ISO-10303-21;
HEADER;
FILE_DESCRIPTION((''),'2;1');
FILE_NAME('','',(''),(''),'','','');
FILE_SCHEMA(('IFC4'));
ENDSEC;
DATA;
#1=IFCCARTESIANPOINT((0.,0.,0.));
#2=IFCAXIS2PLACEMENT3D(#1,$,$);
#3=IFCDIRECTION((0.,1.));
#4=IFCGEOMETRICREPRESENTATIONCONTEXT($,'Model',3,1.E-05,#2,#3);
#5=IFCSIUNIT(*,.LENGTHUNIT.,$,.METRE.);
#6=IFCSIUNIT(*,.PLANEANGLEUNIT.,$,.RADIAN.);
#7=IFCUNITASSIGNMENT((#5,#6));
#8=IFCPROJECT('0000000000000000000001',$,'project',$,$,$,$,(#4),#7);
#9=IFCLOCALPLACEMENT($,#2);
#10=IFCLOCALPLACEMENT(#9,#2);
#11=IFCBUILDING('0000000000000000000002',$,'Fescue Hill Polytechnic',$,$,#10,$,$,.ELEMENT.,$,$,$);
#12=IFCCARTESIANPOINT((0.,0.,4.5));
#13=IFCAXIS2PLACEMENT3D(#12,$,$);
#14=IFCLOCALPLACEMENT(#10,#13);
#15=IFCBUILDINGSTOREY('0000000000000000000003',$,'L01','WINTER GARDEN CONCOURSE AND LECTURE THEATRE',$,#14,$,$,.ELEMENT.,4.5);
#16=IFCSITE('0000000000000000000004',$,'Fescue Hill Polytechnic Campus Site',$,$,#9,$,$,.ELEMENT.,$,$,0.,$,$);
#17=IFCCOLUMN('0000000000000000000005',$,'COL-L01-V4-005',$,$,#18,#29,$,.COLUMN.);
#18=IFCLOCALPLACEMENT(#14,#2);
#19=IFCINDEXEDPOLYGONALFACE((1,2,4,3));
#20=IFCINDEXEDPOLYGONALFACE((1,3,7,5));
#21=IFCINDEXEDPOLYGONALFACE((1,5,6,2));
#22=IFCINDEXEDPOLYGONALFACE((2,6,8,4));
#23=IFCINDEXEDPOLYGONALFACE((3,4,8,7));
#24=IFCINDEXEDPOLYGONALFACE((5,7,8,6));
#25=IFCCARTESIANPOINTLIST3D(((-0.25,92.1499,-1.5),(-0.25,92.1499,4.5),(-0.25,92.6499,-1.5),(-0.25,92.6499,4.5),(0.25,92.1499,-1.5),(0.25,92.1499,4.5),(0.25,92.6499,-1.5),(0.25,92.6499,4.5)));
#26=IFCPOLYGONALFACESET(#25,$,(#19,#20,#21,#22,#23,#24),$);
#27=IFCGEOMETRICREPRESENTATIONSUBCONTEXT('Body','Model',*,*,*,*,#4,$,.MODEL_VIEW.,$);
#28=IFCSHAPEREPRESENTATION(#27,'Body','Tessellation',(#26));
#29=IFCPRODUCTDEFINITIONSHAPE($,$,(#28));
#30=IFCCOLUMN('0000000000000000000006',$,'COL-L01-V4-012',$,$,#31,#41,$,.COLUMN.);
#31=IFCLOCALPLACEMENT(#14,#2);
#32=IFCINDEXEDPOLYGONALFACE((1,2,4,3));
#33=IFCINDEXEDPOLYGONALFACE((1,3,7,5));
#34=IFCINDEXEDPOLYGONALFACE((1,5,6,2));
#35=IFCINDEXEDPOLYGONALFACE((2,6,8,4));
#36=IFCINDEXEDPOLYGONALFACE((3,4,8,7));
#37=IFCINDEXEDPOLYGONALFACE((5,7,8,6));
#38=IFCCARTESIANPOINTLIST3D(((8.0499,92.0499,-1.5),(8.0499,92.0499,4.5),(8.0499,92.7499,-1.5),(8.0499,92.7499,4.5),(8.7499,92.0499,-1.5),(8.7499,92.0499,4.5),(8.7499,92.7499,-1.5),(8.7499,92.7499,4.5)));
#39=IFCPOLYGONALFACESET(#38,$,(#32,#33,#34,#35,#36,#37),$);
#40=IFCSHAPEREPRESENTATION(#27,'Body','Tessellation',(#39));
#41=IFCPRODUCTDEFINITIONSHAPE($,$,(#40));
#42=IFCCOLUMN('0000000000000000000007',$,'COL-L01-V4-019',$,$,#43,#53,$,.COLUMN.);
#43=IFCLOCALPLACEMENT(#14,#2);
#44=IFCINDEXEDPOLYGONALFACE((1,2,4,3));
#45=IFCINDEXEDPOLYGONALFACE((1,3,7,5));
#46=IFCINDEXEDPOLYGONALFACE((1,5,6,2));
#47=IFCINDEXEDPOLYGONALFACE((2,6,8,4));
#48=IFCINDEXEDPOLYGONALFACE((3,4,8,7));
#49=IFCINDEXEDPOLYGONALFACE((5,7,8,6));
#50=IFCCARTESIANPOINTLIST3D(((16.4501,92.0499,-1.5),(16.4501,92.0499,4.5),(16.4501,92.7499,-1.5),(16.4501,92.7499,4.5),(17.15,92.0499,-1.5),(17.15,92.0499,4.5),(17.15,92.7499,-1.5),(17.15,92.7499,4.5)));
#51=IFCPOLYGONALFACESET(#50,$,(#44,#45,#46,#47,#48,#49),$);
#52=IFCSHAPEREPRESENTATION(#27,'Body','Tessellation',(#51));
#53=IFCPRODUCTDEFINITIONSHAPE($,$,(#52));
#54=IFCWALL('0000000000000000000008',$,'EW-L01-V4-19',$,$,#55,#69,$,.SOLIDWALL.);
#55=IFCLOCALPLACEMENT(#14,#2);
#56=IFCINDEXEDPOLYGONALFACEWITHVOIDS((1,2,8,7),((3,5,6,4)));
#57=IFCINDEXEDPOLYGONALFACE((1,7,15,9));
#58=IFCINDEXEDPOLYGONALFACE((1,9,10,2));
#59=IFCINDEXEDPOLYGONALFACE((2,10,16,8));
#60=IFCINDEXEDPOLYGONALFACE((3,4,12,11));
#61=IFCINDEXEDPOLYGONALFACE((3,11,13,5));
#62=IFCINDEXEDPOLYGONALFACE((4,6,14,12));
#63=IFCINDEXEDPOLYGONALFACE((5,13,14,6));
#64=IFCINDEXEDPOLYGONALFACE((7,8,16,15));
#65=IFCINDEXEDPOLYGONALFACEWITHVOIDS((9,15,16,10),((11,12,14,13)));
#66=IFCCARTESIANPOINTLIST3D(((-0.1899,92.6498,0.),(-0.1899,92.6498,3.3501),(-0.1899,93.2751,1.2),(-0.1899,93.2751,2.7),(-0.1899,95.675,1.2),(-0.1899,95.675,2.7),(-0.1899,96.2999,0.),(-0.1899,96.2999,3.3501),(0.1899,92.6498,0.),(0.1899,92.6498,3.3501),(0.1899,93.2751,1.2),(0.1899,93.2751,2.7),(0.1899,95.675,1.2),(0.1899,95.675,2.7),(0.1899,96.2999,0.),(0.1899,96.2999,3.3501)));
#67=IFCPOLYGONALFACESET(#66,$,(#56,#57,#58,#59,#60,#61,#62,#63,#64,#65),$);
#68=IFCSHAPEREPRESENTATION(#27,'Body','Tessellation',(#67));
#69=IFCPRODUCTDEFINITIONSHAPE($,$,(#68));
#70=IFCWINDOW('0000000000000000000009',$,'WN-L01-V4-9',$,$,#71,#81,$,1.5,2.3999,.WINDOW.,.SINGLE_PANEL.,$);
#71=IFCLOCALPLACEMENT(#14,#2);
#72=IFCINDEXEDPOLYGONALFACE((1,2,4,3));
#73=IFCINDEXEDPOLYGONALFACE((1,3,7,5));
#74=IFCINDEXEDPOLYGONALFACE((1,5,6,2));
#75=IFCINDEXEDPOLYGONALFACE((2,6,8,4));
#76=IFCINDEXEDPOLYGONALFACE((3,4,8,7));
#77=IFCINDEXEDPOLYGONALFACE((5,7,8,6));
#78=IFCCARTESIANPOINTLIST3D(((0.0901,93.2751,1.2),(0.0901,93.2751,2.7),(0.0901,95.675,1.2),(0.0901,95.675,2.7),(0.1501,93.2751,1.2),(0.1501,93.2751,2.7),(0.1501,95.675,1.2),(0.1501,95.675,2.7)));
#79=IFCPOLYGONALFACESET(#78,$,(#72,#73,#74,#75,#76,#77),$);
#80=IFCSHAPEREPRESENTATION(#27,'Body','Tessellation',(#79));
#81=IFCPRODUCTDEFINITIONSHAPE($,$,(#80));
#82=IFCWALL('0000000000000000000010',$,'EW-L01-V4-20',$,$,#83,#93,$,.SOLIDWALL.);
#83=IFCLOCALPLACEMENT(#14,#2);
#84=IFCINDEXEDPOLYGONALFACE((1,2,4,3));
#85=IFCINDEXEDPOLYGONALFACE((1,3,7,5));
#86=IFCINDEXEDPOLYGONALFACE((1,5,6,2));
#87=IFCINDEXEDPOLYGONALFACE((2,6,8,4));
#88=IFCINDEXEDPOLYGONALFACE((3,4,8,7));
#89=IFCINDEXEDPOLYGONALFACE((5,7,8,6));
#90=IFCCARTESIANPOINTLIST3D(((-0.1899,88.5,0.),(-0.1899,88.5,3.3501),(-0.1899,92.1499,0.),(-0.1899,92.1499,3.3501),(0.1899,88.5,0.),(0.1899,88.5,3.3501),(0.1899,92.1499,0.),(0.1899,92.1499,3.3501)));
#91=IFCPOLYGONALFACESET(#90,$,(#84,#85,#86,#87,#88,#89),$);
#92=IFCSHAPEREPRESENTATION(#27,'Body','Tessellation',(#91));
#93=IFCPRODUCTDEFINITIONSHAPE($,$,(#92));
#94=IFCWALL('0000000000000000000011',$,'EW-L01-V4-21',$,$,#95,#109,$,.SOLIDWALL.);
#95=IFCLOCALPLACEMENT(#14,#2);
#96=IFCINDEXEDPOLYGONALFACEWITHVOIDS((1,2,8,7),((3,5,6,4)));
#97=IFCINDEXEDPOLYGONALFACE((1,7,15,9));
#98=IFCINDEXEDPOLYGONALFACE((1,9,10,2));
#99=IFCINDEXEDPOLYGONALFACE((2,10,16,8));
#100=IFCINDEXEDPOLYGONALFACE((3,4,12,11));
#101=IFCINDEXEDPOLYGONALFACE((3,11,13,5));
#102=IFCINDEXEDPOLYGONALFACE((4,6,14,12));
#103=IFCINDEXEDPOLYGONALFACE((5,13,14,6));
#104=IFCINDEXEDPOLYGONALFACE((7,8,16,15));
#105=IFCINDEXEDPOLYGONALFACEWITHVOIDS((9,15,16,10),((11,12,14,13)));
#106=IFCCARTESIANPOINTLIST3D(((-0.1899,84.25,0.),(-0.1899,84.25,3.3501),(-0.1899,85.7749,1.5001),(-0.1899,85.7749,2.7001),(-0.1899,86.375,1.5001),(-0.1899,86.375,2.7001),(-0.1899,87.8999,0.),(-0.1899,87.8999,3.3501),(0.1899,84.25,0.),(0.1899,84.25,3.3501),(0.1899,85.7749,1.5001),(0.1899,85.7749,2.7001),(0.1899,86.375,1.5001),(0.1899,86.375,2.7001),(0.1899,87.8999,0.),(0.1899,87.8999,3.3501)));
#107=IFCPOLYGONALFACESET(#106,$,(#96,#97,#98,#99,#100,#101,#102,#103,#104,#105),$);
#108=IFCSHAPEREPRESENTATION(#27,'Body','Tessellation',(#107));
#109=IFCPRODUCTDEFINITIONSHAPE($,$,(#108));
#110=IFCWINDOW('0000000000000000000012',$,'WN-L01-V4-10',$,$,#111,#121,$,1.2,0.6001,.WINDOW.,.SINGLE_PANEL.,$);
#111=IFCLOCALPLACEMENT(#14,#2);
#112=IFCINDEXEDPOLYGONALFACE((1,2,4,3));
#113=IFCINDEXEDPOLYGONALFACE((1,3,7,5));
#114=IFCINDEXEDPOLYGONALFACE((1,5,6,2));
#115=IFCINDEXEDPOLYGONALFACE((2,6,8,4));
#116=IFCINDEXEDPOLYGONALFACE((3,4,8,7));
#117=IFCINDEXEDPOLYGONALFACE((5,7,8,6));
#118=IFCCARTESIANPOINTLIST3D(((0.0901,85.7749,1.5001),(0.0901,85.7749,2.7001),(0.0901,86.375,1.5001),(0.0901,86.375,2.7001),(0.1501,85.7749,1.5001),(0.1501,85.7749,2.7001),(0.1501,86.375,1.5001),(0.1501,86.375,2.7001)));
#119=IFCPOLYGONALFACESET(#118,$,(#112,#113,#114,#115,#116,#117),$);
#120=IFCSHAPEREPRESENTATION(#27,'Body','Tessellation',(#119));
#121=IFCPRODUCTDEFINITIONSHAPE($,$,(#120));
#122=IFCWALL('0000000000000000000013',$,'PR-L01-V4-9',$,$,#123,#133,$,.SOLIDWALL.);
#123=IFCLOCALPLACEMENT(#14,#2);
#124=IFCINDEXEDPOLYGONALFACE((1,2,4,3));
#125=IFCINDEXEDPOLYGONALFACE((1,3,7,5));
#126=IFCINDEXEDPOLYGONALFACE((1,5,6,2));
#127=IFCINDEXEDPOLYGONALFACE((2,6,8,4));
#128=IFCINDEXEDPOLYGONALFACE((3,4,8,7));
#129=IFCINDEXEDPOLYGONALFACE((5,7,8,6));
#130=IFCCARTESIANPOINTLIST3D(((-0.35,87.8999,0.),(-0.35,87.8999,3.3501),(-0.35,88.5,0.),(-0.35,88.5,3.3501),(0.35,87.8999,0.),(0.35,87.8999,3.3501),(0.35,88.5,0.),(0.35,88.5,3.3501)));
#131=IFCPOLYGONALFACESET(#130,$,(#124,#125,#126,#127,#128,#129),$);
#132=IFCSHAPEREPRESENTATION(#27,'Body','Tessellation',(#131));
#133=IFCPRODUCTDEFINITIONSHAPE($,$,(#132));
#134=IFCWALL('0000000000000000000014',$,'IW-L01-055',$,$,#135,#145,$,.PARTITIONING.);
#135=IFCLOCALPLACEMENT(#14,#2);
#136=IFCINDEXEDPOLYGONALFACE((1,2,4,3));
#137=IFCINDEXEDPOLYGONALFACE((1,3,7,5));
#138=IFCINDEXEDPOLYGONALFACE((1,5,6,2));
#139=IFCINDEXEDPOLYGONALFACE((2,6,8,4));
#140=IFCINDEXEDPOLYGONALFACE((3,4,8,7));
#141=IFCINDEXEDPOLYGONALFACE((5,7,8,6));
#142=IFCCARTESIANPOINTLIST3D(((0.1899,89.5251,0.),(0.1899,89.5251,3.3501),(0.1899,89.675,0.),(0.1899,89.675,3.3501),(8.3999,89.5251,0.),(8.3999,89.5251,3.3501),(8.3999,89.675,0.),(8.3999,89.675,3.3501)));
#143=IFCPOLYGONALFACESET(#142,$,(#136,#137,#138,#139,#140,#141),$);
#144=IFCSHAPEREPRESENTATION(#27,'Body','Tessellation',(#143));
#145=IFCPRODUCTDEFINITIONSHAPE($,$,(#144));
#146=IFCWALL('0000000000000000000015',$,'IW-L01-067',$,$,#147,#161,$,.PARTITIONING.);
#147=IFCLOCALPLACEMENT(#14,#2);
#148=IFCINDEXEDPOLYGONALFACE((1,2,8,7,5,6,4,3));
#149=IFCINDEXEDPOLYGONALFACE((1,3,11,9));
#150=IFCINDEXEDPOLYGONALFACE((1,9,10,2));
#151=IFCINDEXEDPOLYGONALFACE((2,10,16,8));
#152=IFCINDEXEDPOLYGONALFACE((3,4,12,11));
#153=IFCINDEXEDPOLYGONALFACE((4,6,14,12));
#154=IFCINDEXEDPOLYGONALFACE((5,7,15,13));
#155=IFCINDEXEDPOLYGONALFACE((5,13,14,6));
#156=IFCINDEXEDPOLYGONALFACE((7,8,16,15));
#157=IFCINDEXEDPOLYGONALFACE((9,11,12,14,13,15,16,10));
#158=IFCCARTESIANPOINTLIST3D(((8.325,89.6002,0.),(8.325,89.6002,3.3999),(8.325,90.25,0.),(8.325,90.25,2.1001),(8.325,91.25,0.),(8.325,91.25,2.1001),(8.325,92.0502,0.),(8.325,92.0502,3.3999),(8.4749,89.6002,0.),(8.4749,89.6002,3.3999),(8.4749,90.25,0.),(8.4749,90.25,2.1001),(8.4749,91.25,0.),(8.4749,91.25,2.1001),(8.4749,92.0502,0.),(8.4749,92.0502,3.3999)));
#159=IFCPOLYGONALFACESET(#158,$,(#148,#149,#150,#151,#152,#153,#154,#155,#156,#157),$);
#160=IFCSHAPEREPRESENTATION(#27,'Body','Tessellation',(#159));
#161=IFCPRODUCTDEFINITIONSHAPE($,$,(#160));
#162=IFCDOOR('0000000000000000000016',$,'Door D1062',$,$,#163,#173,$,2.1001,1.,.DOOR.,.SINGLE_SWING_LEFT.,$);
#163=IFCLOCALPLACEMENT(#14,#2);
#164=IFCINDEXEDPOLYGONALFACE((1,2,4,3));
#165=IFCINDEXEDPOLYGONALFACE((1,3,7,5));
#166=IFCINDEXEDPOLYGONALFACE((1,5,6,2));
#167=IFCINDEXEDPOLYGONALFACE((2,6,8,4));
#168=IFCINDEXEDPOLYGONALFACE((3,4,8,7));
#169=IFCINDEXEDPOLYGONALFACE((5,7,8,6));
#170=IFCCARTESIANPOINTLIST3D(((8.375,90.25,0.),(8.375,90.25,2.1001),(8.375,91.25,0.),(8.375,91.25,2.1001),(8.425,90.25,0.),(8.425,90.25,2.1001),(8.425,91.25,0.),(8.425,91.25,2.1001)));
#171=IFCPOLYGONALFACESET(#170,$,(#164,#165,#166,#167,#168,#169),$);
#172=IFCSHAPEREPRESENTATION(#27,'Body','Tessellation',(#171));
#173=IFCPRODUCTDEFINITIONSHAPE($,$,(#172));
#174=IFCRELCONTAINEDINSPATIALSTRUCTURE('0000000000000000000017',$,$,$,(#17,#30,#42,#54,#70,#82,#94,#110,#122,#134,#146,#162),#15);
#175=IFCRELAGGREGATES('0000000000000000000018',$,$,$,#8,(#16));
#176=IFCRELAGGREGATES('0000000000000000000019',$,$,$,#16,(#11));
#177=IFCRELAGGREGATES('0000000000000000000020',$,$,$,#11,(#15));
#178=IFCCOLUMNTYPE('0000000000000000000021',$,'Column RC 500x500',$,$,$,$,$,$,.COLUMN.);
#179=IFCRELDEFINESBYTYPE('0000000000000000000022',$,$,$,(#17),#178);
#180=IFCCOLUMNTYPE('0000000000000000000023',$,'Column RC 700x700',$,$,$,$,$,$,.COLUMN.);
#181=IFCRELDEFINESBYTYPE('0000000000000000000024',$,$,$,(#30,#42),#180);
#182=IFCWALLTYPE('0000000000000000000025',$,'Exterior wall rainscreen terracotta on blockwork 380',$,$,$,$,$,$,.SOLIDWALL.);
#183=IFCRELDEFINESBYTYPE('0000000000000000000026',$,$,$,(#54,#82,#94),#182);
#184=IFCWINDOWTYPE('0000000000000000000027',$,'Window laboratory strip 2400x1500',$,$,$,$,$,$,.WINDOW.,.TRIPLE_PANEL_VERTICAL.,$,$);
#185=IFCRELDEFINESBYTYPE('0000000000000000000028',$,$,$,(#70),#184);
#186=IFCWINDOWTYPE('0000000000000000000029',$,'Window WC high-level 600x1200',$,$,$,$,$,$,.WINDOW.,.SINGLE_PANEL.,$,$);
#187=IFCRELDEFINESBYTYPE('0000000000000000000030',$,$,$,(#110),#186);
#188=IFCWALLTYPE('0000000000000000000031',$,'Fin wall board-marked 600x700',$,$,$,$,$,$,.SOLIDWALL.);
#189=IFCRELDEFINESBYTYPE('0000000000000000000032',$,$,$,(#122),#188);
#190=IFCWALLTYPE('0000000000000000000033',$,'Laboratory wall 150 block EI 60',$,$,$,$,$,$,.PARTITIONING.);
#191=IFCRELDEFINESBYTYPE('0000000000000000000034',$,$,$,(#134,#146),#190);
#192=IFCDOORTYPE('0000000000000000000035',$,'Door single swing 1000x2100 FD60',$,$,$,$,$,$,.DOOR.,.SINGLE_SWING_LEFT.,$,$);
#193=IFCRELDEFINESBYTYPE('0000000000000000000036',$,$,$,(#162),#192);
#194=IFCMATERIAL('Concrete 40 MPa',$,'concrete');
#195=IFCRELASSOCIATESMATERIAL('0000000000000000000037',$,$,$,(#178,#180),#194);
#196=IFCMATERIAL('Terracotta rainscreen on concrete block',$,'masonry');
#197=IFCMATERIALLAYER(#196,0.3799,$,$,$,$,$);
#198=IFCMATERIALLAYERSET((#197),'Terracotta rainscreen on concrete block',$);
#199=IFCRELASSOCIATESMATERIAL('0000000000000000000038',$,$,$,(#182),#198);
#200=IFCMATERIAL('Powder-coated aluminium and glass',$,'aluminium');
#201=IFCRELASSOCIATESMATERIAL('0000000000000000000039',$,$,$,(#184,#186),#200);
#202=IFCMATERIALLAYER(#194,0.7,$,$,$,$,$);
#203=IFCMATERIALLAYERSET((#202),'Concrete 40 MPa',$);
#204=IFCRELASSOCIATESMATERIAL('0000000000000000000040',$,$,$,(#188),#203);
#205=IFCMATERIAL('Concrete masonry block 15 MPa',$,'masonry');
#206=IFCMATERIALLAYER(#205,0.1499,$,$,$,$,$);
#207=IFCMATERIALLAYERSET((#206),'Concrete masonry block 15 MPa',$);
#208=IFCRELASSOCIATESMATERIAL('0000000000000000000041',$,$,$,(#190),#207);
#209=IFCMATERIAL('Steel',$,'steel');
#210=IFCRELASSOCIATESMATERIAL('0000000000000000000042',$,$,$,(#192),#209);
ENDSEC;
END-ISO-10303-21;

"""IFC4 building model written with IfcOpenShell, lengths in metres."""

from ifc_helpers import new_model, si_unit, direction, frame, frame_2d, origin, origin_2d, place, context, subcontext, project, spatial, rectangle, extrude, material, layer, layer_set, material_profile, profile_set, type_object, element, fill, save


model = new_model("IFC4")

# Units and contexts
model_context = context("Model", 3, precision=1e-05, world=origin(), true_north=direction((0.0, 1.0)))
body_context = subcontext(model_context, "Body", "Model", "MODEL_VIEW")
ifc_project = project(units=[si_unit("LENGTHUNIT", "METRE"), si_unit("PLANEANGLEUNIT", "RADIAN")], contexts=[model_context])

# Site, building, storey
site_placement = place(None, origin())
site = spatial("IfcSite", under=ifc_project, at=site_placement, Name="Fescue Hill Polytechnic Campus Site", CompositionType="ELEMENT", RefElevation=0.0)
building_placement = place(site_placement, origin())
building = spatial("IfcBuilding", under=site, at=building_placement, Name="Fescue Hill Polytechnic", CompositionType="ELEMENT")
storey_placement = place(building_placement, frame((0.0, 0.0, 4.5)))
storey = spatial("IfcBuildingStorey", under=building, at=storey_placement, Name="L01", Description="WINTER GARDEN CONCOURSE AND LECTURE THEATRE", CompositionType="ELEMENT", Elevation=4.5)

# Columns
ifc_material_1 = material(Name="Concrete 40 MPa", Category="concrete")
ifc_material_profile_1 = material_profile(ifc_material_1, rectangle(XDim=0.5, YDim=0.5, at=origin_2d()), Name="RC 500x500")
ifc_profile_set_1 = profile_set([ifc_material_profile_1], Name="Concrete 40 MPa")
column_type_1 = type_object("IfcColumnType", Name="Column RC 500x500", PredefinedType="COLUMN", material=ifc_profile_set_1)
column_placement = place(storey_placement, frame((0.0, 92.3999, -1.5), z_axis=(0.0, 0.0, 1.0), x_axis=(1.0, 0.0, 0.0)))
element("IfcColumn", 1, at=column_placement, inside=storey, type_object=column_type_1, Name="COL-L01-V4-005", PredefinedType="COLUMN", context=body_context, shape_type="SweptSolid", body=[
    extrude(rectangle(XDim=0.5, YDim=0.5, at=origin_2d()), origin(), (0.0, 0.0, 1.0), 6.0),
])
ifc_material_profile_2 = material_profile(ifc_material_1, rectangle(XDim=0.7, YDim=0.7, at=origin_2d()), Name="RC 700x700")
ifc_profile_set_2 = profile_set([ifc_material_profile_2], Name="Concrete 40 MPa")
column_type_2 = type_object("IfcColumnType", Name="Column RC 700x700", PredefinedType="COLUMN", material=ifc_profile_set_2)
for number, where, z_axis, x_axis, name in (
    (2, (8.3999, 92.3999, -1.5), (0.0, 0.0, 1.0), (1.0, 0.0, 0.0), "COL-L01-V4-012"),
    (3, (16.8, 92.3999, -1.5), (0.0, 0.0, 1.0), (1.0, 0.0, 0.0), "COL-L01-V4-019"),
):
    element("IfcColumn", number, at=place(storey_placement, frame(where, z_axis=z_axis, x_axis=x_axis)), inside=storey, type_object=column_type_2, Name=name, PredefinedType="COLUMN", context=body_context, shape_type="SweptSolid", body=[
        extrude(rectangle(XDim=0.7, YDim=0.7, at=origin_2d()), origin(), (0.0, 0.0, 1.0), 6.0),
    ])

# Wall, opening, window
ifc_material_2 = material(Name="Terracotta rainscreen on concrete block", Category="masonry")
ifc_layer_1 = layer(ifc_material_2, 0.3799)
ifc_layer_set_1 = layer_set([ifc_layer_1], Name="Terracotta rainscreen on concrete block")
wall_type_1 = type_object("IfcWallType", Name="Exterior wall rainscreen terracotta on blockwork 380", PredefinedType="SOLIDWALL", material=ifc_layer_set_1)
wall_1_placement = place(storey_placement, frame((0.0, 96.3, 0.0), z_axis=(0.0, 0.0, 1.0), x_axis=(0.0, -1.0, 0.0)))
wall_1 = element("IfcWall", 4, at=wall_1_placement, inside=storey, type_object=wall_type_1, Name="EW-L01-V4-19", PredefinedType="SOLIDWALL", context=body_context, shape_type="SweptSolid", body=[
    extrude(rectangle(XDim=3.6501, YDim=0.3799, at=frame_2d((1.8252, 0.0))), origin(), (0.0, 0.0, 1.0), 3.3501),
])
opening_1_placement = place(wall_1_placement, frame((0.625, 0.0, 1.2)))
opening_1 = element("IfcOpeningElement", 5, at=opening_1_placement, cuts=wall_1, PredefinedType="OPENING", context=body_context, shape_type="SweptSolid", body=[
    extrude(rectangle(XDim=2.3999, YDim=1.5, at=frame_2d((1.2, 0.75))), frame((0.0, 0.2, 0.0), z_axis=(0.0, -1.0, 0.0), x_axis=(1.0, 0.0, 0.0)), (0.0, 0.0, 1.0), 0.3999),
])
ifc_material_3 = material(Name="Powder-coated aluminium and glass", Category="aluminium")
window_type_1 = type_object("IfcWindowType", Name="Window laboratory strip 2400x1500", PartitioningType="TRIPLE_PANEL_VERTICAL", PredefinedType="WINDOW", material=ifc_material_3)
window_1_placement = place(opening_1_placement, origin())
window_1 = element("IfcWindow", 6, at=window_1_placement, inside=storey, type_object=window_type_1, Name="WN-L01-V4-9", OverallHeight=1.5, OverallWidth=2.3999, PartitioningType="SINGLE_PANEL", PredefinedType="WINDOW", context=body_context, shape_type="SweptSolid", body=[
    extrude(rectangle(XDim=2.3999, YDim=1.5, at=frame_2d((1.2, 0.75))), frame((0.0, 0.1501, 0.0), z_axis=(0.0, -1.0, 0.0), x_axis=(1.0, 0.0, 0.0)), (0.0, 0.0, 1.0), 0.0601),
])
fill(opening_1, window_1)

# Wall
wall_2_placement = place(storey_placement, frame((0.0, 92.1499, 0.0), z_axis=(0.0, 0.0, 1.0), x_axis=(0.0, -1.0, 0.0)))
element("IfcWall", 7, at=wall_2_placement, inside=storey, type_object=wall_type_1, Name="EW-L01-V4-20", PredefinedType="SOLIDWALL", context=body_context, shape_type="SweptSolid", body=[
    extrude(rectangle(XDim=3.6499, YDim=0.3799, at=frame_2d((1.825, 0.0))), origin(), (0.0, 0.0, 1.0), 3.3501),
])

# Wall, opening, window
wall_3_placement = place(storey_placement, frame((0.0, 87.8999, 0.0), z_axis=(0.0, 0.0, 1.0), x_axis=(0.0, -1.0, 0.0)))
wall_3 = element("IfcWall", 8, at=wall_3_placement, inside=storey, type_object=wall_type_1, Name="EW-L01-V4-21", PredefinedType="SOLIDWALL", context=body_context, shape_type="SweptSolid", body=[
    extrude(rectangle(XDim=3.6499, YDim=0.3799, at=frame_2d((1.825, 0.0))), origin(), (0.0, 0.0, 1.0), 3.3501),
])
opening_2_placement = place(wall_3_placement, frame((1.5249, 0.0, 1.5)))
opening_2 = element("IfcOpeningElement", 9, at=opening_2_placement, cuts=wall_3, PredefinedType="OPENING", context=body_context, shape_type="SweptSolid", body=[
    extrude(rectangle(XDim=0.6001, YDim=1.2, at=frame_2d((0.3, 0.6001))), frame((0.0, 0.2, 0.0), z_axis=(0.0, -1.0, 0.0), x_axis=(1.0, 0.0, 0.0)), (0.0, 0.0, 1.0), 0.3999),
])
window_type_2 = type_object("IfcWindowType", Name="Window WC high-level 600x1200", PartitioningType="SINGLE_PANEL", PredefinedType="WINDOW", material=ifc_material_3)
window_2_placement = place(opening_2_placement, origin())
window_2 = element("IfcWindow", 10, at=window_2_placement, inside=storey, type_object=window_type_2, Name="WN-L01-V4-10", OverallHeight=1.2, OverallWidth=0.6001, PartitioningType="SINGLE_PANEL", PredefinedType="WINDOW", context=body_context, shape_type="SweptSolid", body=[
    extrude(rectangle(XDim=0.6001, YDim=1.2, at=frame_2d((0.3, 0.6001))), frame((0.0, 0.1501, 0.0), z_axis=(0.0, -1.0, 0.0), x_axis=(1.0, 0.0, 0.0)), (0.0, 0.0, 1.0), 0.0601),
])
fill(opening_2, window_2)

# Walls
ifc_layer_2 = layer(ifc_material_1, 0.7)
ifc_layer_set_2 = layer_set([ifc_layer_2], Name="Concrete 40 MPa")
wall_type_2 = type_object("IfcWallType", Name="Fin wall board-marked 600x700", PredefinedType="SOLIDWALL", material=ifc_layer_set_2)
wall_4_placement = place(storey_placement, frame((0.0, 88.5, 0.0), z_axis=(0.0, 0.0, 1.0), x_axis=(0.0, -1.0, 0.0)))
element("IfcWall", 11, at=wall_4_placement, inside=storey, type_object=wall_type_2, Name="PR-L01-V4-9", PredefinedType="SOLIDWALL", context=body_context, shape_type="SweptSolid", body=[
    extrude(rectangle(XDim=0.6001, YDim=0.7, at=frame_2d((0.3, 0.0))), origin(), (0.0, 0.0, 1.0), 3.3501),
])
ifc_material_4 = material(Name="Concrete masonry block 15 MPa", Category="masonry")
ifc_layer_3 = layer(ifc_material_4, 0.1499)
ifc_layer_set_3 = layer_set([ifc_layer_3], Name="Concrete masonry block 15 MPa")
wall_type_3 = type_object("IfcWallType", Name="Laboratory wall 150 block EI 60", PredefinedType="PARTITIONING", material=ifc_layer_set_3)
wall_5_placement = place(storey_placement, frame((0.1899, 89.6001, 0.0), z_axis=(0.0, 0.0, 1.0), x_axis=(1.0, 0.0, 0.0)))
element("IfcWall", 12, at=wall_5_placement, inside=storey, type_object=wall_type_3, Name="IW-L01-055", PredefinedType="PARTITIONING", context=body_context, shape_type="SweptSolid", body=[
    extrude(rectangle(XDim=8.21, YDim=0.1499, at=frame_2d((4.105, 0.0))), origin(), (0.0, 0.0, 1.0), 3.3501),
])

# Wall, opening, door
wall_6_placement = place(storey_placement, frame((8.3999, 89.6001, 0.0), z_axis=(0.0, 0.0, 1.0), x_axis=(0.0, 1.0, 0.0)))
wall_6 = element("IfcWall", 13, at=wall_6_placement, inside=storey, type_object=wall_type_3, Name="IW-L01-067", PredefinedType="PARTITIONING", context=body_context, shape_type="SweptSolid", body=[
    extrude(rectangle(XDim=2.45, YDim=0.1499, at=frame_2d((1.2251, 0.0))), origin(), (0.0, 0.0, 1.0), 3.3999),
])
opening_3_placement = place(wall_6_placement, frame((0.6499, 0.0, 0.0)))
opening_3 = element("IfcOpeningElement", 14, at=opening_3_placement, cuts=wall_6, PredefinedType="OPENING", context=body_context, shape_type="SweptSolid", body=[
    extrude(rectangle(XDim=1.0, YDim=2.1001, at=frame_2d((0.5, 1.05))), frame((0.0, 0.085, 0.0), z_axis=(0.0, -1.0, 0.0), x_axis=(1.0, 0.0, 0.0)), (0.0, 0.0, 1.0), 0.1699),
])
ifc_material_5 = material(Name="Steel", Category="steel")
door_type_1 = type_object("IfcDoorType", Name="Door single swing 1000x2100 FD60", OperationType="SINGLE_SWING_LEFT", PredefinedType="DOOR", material=ifc_material_5)
door_1_placement = place(opening_3_placement, origin())
door_1 = element("IfcDoor", 15, at=door_1_placement, inside=storey, type_object=door_type_1, Name="Door D1062", OperationType="SINGLE_SWING_LEFT", OverallHeight=2.1001, OverallWidth=1.0, PredefinedType="DOOR", context=body_context, shape_type="SweptSolid", body=[
    extrude(rectangle(XDim=1.0, YDim=2.1001, at=frame_2d((0.5, 1.05))), frame((0.0, 0.0249, 0.0), z_axis=(0.0, -1.0, 0.0), x_axis=(1.0, 0.0, 0.0)), (0.0, 0.0, 1.0), 0.05),
])
fill(opening_3, door_1)

save(model, "model.ifc")
